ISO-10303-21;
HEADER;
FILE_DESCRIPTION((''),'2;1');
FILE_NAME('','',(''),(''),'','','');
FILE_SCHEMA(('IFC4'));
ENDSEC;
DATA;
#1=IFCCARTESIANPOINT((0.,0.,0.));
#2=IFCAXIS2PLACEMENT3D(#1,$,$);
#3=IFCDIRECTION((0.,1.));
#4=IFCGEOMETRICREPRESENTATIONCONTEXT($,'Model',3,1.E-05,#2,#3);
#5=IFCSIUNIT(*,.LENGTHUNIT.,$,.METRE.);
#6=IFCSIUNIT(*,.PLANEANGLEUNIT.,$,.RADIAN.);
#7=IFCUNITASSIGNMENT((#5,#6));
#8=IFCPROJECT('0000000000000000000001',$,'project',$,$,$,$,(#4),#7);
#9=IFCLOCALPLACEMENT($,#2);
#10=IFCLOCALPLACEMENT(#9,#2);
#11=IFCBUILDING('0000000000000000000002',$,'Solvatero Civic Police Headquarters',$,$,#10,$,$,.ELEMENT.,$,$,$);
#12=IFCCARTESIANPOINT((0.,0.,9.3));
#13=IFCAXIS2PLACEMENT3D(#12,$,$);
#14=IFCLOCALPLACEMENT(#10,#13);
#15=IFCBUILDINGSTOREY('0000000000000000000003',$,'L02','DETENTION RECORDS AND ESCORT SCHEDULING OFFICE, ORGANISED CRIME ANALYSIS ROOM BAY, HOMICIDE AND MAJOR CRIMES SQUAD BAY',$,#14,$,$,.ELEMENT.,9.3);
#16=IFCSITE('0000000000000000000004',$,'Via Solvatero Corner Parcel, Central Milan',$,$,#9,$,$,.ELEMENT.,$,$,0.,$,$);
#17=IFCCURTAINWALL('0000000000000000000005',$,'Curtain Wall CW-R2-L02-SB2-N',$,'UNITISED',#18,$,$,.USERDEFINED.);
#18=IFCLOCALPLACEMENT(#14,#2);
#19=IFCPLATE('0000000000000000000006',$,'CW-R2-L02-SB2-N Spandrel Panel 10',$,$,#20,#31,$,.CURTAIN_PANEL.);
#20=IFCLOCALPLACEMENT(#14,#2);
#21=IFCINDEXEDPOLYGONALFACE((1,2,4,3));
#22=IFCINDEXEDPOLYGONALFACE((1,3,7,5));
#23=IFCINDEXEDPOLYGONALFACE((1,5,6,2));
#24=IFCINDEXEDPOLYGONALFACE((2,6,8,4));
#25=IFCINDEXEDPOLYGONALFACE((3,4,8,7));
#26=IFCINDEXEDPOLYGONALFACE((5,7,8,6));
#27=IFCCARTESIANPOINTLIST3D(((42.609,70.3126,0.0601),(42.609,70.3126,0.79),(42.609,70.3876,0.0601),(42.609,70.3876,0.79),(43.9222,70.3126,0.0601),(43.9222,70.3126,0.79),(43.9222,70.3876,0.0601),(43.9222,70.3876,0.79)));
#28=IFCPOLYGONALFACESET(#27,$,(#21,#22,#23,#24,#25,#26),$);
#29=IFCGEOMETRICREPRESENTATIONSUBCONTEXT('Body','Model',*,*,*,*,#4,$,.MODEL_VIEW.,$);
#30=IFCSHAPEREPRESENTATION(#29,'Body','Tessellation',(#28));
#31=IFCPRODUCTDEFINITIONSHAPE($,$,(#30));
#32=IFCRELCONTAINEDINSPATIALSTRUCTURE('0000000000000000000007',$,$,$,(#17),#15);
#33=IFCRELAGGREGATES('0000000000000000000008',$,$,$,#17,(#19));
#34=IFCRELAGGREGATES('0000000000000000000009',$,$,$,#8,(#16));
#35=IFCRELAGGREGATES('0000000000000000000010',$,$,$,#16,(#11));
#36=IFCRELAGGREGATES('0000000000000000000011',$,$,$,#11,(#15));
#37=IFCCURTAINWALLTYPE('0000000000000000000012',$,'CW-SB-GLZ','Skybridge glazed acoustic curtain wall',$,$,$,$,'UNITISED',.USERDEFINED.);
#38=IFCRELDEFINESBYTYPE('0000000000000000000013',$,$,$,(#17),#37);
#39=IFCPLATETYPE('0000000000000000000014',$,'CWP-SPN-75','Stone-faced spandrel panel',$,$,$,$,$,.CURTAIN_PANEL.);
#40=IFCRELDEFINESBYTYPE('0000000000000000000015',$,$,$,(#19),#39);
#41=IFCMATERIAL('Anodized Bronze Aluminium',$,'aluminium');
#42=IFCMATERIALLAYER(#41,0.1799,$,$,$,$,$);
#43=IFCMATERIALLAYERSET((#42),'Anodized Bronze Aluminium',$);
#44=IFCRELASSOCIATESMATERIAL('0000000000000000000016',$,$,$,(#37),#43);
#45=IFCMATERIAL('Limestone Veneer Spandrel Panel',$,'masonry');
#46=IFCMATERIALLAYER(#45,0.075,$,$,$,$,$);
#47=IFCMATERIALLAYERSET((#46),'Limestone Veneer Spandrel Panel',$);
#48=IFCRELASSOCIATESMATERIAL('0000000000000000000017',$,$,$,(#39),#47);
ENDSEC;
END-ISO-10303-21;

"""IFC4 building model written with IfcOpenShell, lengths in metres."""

from ifc_helpers import new_model, si_unit, direction, frame, origin, origin_2d, place, context, subcontext, project, spatial, rectangle, extrude, material, layer, layer_set, type_object, element, aggregate, save


model = new_model("IFC4")

# Units and contexts
model_context = context("Model", 3, precision=1e-05, world=origin(), true_north=direction((0.0, 1.0)))
body_context = subcontext(model_context, "Body", "Model", "MODEL_VIEW")
ifc_project = project(units=[si_unit("LENGTHUNIT", "METRE"), si_unit("PLANEANGLEUNIT", "RADIAN")], contexts=[model_context])

# Site, building, storey
site_placement = place(None, origin())
site = spatial("IfcSite", under=ifc_project, at=site_placement, Name="Via Solvatero Corner Parcel, Central Milan", CompositionType="ELEMENT", RefElevation=0.0)
building_placement = place(site_placement, origin())
building = spatial("IfcBuilding", under=site, at=building_placement, Name="Solvatero Civic Police Headquarters", CompositionType="ELEMENT")
storey_placement = place(building_placement, frame((0.0, 0.0, 9.3)))
storey = spatial("IfcBuildingStorey", under=building, at=storey_placement, Name="L02", Description="DETENTION RECORDS AND ESCORT SCHEDULING OFFICE, ORGANISED CRIME ANALYSIS ROOM BAY, HOMICIDE AND MAJOR CRIMES SQUAD BAY", CompositionType="ELEMENT", Elevation=9.3)

# Curtain wall, plate
ifc_material_1 = material(Name="Anodized Bronze Aluminium", Category="aluminium")
ifc_layer_1 = layer(ifc_material_1, 0.1799)
ifc_layer_set_1 = layer_set([ifc_layer_1], Name="Anodized Bronze Aluminium")
curtain_wall_type = type_object("IfcCurtainWallType", Name="CW-SB-GLZ", Description="Skybridge glazed acoustic curtain wall", ElementType="UNITISED", PredefinedType="USERDEFINED", material=ifc_layer_set_1)
curtain_wall_placement = place(storey_placement, origin())
curtain_wall = element("IfcCurtainWall", 1, at=curtain_wall_placement, inside=storey, type_object=curtain_wall_type, Name="Curtain Wall CW-R2-L02-SB2-N", ObjectType="UNITISED", PredefinedType="USERDEFINED")
ifc_material_2 = material(Name="Limestone Veneer Spandrel Panel", Category="masonry")
ifc_layer_2 = layer(ifc_material_2, 0.075)
ifc_layer_set_2 = layer_set([ifc_layer_2], Name="Limestone Veneer Spandrel Panel")
plate_type_1 = type_object("IfcPlateType", Name="CWP-SPN-75", Description="Stone-faced spandrel panel", PredefinedType="CURTAIN_PANEL", material=ifc_layer_set_2)
plate_1_placement = place(storey_placement, frame((43.2656, 70.3501, 0.0601), z_axis=(0.0, 0.0, 1.0), x_axis=(1.0, 0.0, 0.0)))
plate_1 = element("IfcPlate", 2, at=plate_1_placement, type_object=plate_type_1, Name="CW-R2-L02-SB2-N Spandrel Panel 10", PredefinedType="CURTAIN_PANEL", context=body_context, shape_type="SweptSolid", body=[
    extrude(rectangle(XDim=1.3132, YDim=0.075, at=origin_2d()), origin(), (0.0, 0.0, 1.0), 0.73),
])
aggregate(curtain_wall, [plate_1])

save(model, "model.ifc")
